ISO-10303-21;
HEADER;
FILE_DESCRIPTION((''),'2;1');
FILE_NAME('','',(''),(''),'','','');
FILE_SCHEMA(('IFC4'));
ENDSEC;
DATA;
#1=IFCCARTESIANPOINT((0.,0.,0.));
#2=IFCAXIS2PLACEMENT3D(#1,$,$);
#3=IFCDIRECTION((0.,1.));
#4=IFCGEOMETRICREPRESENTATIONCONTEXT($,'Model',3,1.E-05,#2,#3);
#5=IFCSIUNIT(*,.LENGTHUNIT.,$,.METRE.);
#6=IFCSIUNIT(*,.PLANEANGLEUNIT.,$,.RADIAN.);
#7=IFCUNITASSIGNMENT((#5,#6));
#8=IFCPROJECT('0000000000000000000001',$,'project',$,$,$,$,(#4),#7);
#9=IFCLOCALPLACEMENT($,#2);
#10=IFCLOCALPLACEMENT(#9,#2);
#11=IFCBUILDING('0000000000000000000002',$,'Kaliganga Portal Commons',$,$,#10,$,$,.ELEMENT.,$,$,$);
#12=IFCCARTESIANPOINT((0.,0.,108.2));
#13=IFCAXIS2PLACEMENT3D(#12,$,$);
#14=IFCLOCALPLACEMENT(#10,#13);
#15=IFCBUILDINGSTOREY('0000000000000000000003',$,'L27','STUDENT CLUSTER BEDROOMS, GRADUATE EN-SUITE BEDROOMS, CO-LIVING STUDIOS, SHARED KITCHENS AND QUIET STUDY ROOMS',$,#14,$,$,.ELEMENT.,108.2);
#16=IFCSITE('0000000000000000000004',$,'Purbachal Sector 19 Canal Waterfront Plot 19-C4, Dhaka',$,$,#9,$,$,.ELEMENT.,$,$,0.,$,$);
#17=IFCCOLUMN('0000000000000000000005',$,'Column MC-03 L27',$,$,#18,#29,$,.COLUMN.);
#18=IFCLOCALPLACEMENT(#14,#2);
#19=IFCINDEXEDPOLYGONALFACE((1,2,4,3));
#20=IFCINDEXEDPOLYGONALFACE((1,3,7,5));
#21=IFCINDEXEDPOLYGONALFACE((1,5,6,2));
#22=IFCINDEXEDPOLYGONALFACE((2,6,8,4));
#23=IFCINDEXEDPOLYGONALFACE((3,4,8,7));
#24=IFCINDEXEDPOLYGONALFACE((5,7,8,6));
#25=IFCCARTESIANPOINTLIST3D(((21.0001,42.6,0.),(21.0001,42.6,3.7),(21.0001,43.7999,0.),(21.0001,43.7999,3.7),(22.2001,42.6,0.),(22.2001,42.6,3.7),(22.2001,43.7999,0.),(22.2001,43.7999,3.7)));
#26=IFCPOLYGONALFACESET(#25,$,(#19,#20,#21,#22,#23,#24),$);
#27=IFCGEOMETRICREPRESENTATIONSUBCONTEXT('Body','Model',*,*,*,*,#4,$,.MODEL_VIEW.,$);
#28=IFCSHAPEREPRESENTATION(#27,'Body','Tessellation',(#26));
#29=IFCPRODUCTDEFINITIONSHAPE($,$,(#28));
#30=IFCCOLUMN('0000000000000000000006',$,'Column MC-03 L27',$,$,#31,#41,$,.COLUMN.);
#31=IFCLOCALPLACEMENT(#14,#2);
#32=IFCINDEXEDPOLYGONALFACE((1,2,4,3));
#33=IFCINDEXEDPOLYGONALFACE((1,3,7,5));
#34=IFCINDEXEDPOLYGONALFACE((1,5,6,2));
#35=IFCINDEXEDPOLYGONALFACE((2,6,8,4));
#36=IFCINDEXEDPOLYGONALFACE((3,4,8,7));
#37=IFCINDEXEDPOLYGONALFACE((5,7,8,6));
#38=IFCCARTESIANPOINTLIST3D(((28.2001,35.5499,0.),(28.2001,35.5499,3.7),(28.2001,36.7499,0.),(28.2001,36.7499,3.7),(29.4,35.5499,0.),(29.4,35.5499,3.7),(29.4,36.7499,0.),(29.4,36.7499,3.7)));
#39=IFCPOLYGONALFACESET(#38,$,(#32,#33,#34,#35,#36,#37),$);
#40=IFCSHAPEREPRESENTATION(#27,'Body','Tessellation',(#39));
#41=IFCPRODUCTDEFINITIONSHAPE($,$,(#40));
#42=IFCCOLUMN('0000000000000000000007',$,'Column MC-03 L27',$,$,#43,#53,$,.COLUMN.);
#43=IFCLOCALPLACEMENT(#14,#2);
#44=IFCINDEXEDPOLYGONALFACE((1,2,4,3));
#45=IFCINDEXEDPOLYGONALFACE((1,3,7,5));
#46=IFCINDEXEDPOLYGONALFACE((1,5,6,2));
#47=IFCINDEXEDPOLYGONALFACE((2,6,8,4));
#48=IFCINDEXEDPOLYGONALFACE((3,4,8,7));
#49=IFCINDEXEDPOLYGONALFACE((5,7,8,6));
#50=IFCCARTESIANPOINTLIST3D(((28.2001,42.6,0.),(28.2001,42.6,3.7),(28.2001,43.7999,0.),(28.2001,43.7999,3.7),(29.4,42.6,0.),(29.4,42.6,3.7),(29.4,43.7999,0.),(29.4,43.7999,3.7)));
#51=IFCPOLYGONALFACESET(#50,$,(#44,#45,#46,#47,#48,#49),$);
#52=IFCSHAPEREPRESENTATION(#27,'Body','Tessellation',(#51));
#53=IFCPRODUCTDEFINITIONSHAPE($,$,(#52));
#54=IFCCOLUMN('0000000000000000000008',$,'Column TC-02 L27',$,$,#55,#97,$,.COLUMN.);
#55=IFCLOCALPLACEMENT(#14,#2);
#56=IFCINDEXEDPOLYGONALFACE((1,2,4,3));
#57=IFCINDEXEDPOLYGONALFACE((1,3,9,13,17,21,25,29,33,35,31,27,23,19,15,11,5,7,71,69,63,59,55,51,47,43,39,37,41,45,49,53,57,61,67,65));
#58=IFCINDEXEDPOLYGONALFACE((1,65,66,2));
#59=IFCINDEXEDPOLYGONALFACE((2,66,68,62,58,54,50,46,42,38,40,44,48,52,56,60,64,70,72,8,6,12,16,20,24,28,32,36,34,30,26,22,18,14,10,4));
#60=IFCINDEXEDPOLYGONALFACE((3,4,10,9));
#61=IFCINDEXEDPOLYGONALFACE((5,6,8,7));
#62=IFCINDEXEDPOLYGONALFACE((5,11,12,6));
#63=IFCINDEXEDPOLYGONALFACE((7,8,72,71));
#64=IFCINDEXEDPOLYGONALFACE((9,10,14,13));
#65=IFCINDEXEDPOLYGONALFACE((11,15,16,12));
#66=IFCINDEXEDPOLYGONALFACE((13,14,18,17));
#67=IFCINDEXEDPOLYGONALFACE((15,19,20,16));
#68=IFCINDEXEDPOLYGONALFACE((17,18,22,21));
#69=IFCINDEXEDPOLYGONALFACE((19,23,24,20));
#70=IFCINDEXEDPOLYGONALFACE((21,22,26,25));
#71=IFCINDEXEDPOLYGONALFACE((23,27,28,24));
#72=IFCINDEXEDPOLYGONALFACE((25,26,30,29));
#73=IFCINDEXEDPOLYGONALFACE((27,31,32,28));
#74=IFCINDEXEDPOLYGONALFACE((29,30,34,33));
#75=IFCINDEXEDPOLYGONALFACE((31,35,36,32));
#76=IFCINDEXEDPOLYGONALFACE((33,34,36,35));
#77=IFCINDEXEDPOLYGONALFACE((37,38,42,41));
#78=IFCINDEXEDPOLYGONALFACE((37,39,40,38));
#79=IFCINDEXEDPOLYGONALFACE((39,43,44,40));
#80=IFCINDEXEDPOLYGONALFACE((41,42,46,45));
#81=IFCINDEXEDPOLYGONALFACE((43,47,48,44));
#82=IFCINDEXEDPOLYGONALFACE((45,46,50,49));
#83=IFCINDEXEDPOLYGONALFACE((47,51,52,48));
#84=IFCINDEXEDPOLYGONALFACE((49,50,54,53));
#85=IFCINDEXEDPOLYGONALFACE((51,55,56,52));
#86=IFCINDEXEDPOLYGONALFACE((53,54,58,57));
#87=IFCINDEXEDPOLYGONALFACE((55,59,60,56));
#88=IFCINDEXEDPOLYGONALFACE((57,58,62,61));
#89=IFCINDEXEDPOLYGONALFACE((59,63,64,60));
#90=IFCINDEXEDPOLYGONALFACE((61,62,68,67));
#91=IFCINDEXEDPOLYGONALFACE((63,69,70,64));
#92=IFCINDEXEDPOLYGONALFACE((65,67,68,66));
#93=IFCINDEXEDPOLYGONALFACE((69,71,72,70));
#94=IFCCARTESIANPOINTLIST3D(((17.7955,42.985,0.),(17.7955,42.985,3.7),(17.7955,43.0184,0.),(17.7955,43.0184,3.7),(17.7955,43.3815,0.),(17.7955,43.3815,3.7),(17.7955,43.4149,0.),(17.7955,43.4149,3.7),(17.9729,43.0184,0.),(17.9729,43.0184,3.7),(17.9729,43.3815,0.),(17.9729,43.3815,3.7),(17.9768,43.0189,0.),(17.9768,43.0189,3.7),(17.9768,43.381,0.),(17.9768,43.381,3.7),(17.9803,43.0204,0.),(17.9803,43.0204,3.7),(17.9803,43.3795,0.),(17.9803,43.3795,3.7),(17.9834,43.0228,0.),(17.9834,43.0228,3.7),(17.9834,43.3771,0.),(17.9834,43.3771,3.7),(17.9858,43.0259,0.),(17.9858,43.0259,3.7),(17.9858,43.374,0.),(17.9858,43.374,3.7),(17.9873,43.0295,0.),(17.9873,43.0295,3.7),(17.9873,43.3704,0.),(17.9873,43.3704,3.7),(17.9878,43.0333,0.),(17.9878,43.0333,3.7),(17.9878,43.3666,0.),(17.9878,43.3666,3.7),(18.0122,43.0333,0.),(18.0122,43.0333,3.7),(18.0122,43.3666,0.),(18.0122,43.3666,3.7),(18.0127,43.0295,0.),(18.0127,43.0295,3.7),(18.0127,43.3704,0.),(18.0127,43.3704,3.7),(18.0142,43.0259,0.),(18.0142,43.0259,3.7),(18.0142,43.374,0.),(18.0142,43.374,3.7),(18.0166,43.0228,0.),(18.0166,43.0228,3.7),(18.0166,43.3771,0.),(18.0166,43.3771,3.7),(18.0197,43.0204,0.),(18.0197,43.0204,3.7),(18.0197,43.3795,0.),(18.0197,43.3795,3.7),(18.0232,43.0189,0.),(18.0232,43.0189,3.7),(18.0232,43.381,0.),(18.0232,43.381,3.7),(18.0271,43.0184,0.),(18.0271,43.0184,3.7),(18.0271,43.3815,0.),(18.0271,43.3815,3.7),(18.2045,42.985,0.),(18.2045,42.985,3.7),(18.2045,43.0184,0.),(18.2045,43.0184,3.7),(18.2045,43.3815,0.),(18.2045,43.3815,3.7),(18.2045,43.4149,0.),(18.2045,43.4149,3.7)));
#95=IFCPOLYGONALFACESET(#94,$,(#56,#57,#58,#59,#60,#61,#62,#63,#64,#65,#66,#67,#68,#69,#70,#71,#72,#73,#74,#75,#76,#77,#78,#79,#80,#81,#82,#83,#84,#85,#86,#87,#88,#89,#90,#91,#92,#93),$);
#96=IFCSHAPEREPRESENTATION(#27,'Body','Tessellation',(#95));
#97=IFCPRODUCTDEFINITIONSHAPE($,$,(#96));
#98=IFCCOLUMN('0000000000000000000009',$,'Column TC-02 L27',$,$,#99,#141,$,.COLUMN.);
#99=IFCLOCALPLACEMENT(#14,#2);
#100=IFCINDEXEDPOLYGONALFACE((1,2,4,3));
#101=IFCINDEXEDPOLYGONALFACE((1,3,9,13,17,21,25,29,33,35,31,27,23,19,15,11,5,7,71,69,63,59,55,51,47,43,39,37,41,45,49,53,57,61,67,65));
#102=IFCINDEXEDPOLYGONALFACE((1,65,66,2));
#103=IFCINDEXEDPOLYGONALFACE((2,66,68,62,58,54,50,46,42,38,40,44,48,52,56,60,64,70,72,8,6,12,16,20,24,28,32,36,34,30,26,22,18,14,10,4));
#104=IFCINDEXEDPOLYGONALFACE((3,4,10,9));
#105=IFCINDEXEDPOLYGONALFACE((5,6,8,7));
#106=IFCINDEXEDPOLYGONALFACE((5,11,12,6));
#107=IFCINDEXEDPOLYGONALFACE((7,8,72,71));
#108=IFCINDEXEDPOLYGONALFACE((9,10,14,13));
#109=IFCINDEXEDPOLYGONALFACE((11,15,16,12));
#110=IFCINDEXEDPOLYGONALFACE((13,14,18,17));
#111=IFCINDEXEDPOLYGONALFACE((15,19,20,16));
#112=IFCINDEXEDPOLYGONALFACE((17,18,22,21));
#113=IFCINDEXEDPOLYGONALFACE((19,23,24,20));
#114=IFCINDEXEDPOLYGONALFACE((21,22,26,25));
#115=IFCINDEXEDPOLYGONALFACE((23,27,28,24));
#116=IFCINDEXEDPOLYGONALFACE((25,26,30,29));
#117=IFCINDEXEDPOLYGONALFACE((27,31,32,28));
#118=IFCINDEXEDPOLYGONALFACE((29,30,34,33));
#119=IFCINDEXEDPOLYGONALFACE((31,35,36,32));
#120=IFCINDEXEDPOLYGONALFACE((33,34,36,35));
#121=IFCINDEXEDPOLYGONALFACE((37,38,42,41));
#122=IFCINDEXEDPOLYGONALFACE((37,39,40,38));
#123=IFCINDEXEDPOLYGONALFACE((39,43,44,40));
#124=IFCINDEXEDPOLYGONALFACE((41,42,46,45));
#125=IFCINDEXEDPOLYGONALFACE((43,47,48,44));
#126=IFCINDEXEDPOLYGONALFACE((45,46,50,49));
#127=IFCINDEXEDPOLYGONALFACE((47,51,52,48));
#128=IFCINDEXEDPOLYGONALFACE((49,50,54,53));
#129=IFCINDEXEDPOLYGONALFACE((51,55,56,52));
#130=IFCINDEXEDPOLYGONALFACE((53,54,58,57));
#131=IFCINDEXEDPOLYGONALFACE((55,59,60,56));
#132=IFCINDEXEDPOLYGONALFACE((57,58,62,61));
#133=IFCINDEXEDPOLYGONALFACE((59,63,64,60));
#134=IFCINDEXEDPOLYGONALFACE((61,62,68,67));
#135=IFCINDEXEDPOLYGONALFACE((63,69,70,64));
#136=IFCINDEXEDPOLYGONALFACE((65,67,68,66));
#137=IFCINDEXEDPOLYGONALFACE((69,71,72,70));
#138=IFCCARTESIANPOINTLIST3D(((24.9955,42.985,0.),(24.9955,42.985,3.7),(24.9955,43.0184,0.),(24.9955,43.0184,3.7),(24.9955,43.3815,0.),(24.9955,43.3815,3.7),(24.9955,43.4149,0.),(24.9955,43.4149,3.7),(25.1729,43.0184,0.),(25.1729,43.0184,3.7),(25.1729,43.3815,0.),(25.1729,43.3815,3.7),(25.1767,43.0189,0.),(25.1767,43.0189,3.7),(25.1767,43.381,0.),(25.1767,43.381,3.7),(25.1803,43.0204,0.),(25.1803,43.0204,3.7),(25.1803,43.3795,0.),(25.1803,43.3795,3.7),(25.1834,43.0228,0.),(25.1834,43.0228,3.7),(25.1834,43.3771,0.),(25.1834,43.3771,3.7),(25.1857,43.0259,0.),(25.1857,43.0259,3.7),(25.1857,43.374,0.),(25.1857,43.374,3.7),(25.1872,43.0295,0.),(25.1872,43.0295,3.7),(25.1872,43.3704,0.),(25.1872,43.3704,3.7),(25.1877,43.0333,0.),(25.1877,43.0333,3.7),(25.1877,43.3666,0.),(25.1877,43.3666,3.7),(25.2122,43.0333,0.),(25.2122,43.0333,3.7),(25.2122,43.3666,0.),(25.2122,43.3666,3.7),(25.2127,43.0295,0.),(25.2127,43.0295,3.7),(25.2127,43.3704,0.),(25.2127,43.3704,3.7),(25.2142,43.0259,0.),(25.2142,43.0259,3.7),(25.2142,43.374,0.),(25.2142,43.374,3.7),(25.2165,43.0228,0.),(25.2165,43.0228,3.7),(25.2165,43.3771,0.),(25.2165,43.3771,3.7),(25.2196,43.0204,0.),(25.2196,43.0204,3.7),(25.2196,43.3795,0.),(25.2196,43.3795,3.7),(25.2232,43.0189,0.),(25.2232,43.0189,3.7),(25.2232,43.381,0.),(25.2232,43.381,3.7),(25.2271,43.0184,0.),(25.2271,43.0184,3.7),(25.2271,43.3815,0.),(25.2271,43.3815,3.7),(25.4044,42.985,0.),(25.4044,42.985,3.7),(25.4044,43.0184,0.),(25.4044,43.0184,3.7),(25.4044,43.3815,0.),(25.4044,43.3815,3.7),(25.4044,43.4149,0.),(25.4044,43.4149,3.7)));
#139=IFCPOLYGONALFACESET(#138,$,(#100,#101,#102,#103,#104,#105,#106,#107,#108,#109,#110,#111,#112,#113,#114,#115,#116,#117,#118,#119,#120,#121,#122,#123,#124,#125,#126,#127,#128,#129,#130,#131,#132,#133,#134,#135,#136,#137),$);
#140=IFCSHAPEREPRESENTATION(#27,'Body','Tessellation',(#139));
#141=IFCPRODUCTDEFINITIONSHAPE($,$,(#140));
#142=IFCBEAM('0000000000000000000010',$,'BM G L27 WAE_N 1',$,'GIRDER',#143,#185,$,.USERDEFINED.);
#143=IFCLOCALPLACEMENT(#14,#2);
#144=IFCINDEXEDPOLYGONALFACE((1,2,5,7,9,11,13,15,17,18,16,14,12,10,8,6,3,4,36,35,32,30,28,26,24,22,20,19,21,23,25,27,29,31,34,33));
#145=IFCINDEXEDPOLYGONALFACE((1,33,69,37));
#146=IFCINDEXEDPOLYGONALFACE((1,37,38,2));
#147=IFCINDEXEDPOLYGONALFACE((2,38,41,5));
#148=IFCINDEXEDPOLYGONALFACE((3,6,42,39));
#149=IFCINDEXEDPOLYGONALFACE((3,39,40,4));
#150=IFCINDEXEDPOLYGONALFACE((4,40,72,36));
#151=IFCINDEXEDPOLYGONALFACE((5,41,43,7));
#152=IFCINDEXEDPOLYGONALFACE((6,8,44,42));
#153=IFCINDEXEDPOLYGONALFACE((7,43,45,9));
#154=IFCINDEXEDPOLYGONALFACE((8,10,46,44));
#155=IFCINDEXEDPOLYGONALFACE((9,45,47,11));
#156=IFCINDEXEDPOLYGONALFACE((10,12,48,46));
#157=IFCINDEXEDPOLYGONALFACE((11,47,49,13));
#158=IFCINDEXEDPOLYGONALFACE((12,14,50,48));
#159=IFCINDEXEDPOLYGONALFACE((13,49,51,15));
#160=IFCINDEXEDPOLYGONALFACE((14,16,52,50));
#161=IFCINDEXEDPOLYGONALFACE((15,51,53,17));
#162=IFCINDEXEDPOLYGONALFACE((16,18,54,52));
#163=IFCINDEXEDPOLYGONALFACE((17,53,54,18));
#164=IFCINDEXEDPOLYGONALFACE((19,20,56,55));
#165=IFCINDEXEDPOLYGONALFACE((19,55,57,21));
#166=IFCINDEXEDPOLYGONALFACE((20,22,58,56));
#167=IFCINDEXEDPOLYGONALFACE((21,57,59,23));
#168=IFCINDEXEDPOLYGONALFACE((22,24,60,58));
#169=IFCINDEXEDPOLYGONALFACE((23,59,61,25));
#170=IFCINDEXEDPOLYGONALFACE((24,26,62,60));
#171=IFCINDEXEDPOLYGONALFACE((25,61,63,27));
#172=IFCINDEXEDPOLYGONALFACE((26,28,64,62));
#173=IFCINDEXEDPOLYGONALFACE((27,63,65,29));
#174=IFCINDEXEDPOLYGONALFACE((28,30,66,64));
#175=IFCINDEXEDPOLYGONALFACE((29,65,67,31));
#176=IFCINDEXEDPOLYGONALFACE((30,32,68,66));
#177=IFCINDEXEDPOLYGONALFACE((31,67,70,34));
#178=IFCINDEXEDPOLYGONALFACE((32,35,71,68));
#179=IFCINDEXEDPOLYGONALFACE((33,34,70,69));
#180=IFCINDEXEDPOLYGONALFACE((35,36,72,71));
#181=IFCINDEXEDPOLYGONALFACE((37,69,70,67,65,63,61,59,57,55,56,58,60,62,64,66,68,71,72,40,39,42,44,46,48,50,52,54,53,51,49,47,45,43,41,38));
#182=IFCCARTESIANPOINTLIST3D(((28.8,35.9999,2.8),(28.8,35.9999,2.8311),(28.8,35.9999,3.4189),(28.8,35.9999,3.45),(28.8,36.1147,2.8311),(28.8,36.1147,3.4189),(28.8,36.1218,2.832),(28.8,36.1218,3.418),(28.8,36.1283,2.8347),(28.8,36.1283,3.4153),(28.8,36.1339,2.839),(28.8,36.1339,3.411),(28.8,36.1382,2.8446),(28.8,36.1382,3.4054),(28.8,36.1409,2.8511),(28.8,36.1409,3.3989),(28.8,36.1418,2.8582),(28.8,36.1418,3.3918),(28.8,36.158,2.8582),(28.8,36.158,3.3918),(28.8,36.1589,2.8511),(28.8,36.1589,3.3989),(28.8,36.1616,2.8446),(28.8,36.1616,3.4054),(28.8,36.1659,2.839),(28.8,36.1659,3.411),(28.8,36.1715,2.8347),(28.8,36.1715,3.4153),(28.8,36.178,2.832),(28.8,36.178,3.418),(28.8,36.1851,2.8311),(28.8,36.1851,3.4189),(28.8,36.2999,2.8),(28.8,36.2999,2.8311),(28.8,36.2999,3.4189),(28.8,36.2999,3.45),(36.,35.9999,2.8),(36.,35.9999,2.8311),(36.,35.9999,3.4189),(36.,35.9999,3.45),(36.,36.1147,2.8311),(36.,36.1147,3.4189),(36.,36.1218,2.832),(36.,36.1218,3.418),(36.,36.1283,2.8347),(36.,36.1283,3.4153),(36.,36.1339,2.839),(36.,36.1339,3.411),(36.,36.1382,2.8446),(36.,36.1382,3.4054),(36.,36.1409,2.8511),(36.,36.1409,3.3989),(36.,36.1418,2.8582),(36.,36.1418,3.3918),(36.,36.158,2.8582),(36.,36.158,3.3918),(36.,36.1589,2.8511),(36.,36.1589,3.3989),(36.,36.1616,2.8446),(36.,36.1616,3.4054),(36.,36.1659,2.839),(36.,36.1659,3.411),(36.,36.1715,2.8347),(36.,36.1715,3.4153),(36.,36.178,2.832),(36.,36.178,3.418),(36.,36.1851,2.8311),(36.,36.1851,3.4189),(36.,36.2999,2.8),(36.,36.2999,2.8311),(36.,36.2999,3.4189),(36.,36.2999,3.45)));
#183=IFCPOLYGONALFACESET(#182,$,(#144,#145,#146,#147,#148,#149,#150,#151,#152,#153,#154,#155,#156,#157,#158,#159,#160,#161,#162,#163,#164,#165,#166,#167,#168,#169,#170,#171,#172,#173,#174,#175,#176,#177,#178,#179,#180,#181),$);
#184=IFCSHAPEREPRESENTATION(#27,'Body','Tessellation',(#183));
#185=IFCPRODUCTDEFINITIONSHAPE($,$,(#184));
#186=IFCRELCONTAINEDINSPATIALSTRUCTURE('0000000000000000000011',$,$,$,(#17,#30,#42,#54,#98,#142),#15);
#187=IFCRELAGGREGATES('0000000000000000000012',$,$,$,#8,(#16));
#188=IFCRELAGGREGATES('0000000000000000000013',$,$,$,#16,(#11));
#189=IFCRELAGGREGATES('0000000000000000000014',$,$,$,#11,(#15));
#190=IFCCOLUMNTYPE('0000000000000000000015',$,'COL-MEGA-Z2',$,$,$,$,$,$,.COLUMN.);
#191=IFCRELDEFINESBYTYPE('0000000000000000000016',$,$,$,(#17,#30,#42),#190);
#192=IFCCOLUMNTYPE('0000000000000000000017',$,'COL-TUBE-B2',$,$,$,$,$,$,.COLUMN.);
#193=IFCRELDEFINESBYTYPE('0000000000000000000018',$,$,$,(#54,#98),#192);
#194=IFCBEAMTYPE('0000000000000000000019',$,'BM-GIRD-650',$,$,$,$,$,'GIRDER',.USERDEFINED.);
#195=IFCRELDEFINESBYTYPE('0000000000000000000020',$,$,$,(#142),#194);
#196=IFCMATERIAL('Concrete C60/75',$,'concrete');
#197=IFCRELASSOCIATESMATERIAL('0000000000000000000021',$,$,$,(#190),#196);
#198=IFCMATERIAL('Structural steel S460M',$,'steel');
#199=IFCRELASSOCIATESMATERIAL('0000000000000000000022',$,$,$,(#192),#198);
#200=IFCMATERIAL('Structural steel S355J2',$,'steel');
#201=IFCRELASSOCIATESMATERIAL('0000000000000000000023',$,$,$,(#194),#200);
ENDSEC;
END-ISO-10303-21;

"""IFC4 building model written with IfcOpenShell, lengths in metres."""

from ifc_helpers import new_model, si_unit, direction, frame, origin, origin_2d, place, context, subcontext, project, spatial, rectangle, i_section, extrude, source, transform, mapped, material, material_profile, profile_set, type_object, element, save


model = new_model("IFC4")

# Units and contexts
model_context = context("Model", 3, precision=1e-05, world=origin(), true_north=direction((0.0, 1.0)))
body_context = subcontext(model_context, "Body", "Model", "MODEL_VIEW")
ifc_project = project(units=[si_unit("LENGTHUNIT", "METRE"), si_unit("PLANEANGLEUNIT", "RADIAN")], contexts=[model_context])

# Site, building, storey
site_placement = place(None, origin())
site = spatial("IfcSite", under=ifc_project, at=site_placement, Name="Purbachal Sector 19 Canal Waterfront Plot 19-C4, Dhaka", CompositionType="ELEMENT", RefElevation=0.0)
building_placement = place(site_placement, origin())
building = spatial("IfcBuilding", under=site, at=building_placement, Name="Kaliganga Portal Commons", CompositionType="ELEMENT")
storey_placement = place(building_placement, frame((0.0, 0.0, 108.2)))
storey = spatial("IfcBuildingStorey", under=building, at=storey_placement, Name="L27", Description="STUDENT CLUSTER BEDROOMS, GRADUATE EN-SUITE BEDROOMS, CO-LIVING STUDIOS, SHARED KITCHENS AND QUIET STUDY ROOMS", CompositionType="ELEMENT", Elevation=108.2)

# Columns
ifc_material_1 = material(Name="Concrete C60/75", Category="concrete")
ifc_material_profile_1 = material_profile(ifc_material_1, rectangle(XDim=1.2, YDim=1.2, at=origin_2d()), Name="RC 1200x1200")
ifc_profile_set_1 = profile_set([ifc_material_profile_1], Name="Concrete C60/75")
column_type_1 = type_object("IfcColumnType", Name="COL-MEGA-Z2", PredefinedType="COLUMN", material=ifc_profile_set_1)
shared_shape_1 = source(origin(), body_context, "Body", "SweptSolid", [
    extrude(rectangle(XDim=1.2, YDim=1.2, at=origin_2d()), origin(), (0.0, 0.0, 1.0), 3.7),
])
for number, where, z_axis, x_axis, name in (
    (1, (21.6001, 43.2, 0.0), (0.0, 0.0, 1.0), (1.0, 0.0, 0.0), "Column MC-03 L27"),
    (2, (28.8, 36.1499, 0.0), (0.0, 0.0, 1.0), (1.0, 0.0, 0.0), "Column MC-03 L27"),
    (3, (28.8, 43.2, 0.0), (0.0, 0.0, 1.0), (1.0, 0.0, 0.0), "Column MC-03 L27"),
):
    element("IfcColumn", number, at=place(storey_placement, frame(where, z_axis=z_axis, x_axis=x_axis)), inside=storey, type_object=column_type_1, Name=name, PredefinedType="COLUMN", context=body_context, shape_type="MappedRepresentation", body=[
        mapped(shared_shape_1, transform((0.0, 0.0, 0.0), x_axis=(1.0, 0.0, 0.0), y_axis=(0.0, 1.0, 0.0), z_axis=(0.0, 0.0, 1.0), scale=1.0)),
    ])
ifc_material_2 = material(Name="Structural steel S460M", Category="steel")
ifc_material_profile_2 = material_profile(ifc_material_2, i_section(OverallWidth=0.4089, OverallDepth=0.4299, WebThickness=0.0244, FlangeThickness=0.0334, FilletRadius=0.0149, at=origin_2d()), Name="HD 400x421")
ifc_profile_set_2 = profile_set([ifc_material_profile_2], Name="Structural steel S460M wide-flange")
column_type_2 = type_object("IfcColumnType", Name="COL-TUBE-B2", PredefinedType="COLUMN", material=ifc_profile_set_2)
shared_shape_2 = source(origin(), body_context, "Body", "SweptSolid", [
    extrude(i_section(OverallWidth=0.4089, OverallDepth=0.4299, WebThickness=0.0244, FlangeThickness=0.0334, FilletRadius=0.0149, at=origin_2d()), origin(), (0.0, 0.0, 1.0), 3.7),
])
for number, where, z_axis, x_axis, name in (
    (4, (18.0, 43.2, 0.0), (0.0, 0.0, 1.0), (1.0, 0.0, 0.0), "Column TC-02 L27"),
    (5, (25.2, 43.2, 0.0), (0.0, 0.0, 1.0), (1.0, 0.0, 0.0), "Column TC-02 L27"),
):
    element("IfcColumn", number, at=place(storey_placement, frame(where, z_axis=z_axis, x_axis=x_axis)), inside=storey, type_object=column_type_2, Name=name, PredefinedType="COLUMN", context=body_context, shape_type="MappedRepresentation", body=[
        mapped(shared_shape_2, transform((0.0, 0.0, 0.0), x_axis=(1.0, 0.0, 0.0), y_axis=(0.0, 1.0, 0.0), z_axis=(0.0, 0.0, 1.0), scale=1.0)),
    ])

# Beam
ifc_material_3 = material(Name="Structural steel S355J2", Category="steel")
ifc_material_profile_3 = material_profile(ifc_material_3, i_section(OverallWidth=0.3, OverallDepth=0.6499, WebThickness=0.0161, FlangeThickness=0.031, FilletRadius=0.0271, at=origin_2d()), Name="HE 650 B")
ifc_profile_set_3 = profile_set([ifc_material_profile_3], Name="Structural steel S355J2 wide-flange")
beam_type_1 = type_object("IfcBeamType", Name="BM-GIRD-650", ElementType="GIRDER", PredefinedType="USERDEFINED", material=ifc_profile_set_3)
shared_shape_3 = source(origin(), body_context, "Body", "SweptSolid", [
    extrude(i_section(OverallWidth=0.3, OverallDepth=0.6499, WebThickness=0.0161, FlangeThickness=0.031, FilletRadius=0.0271, at=origin_2d()), origin(), (0.0, 0.0, 1.0), 7.2),
])
beam_1_placement = place(storey_placement, frame((28.8, 36.1499, 3.125), z_axis=(1.0, 0.0, 0.0), x_axis=(0.0, 1.0, 0.0)))
element("IfcBeam", 6, at=beam_1_placement, inside=storey, type_object=beam_type_1, Name="BM G L27 WAE_N 1", ObjectType="GIRDER", PredefinedType="USERDEFINED", context=body_context, shape_type="MappedRepresentation", body=[
    mapped(shared_shape_3, transform((0.0, 0.0, 0.0), x_axis=(1.0, 0.0, 0.0), y_axis=(0.0, 1.0, 0.0), z_axis=(0.0, 0.0, 1.0), scale=1.0)),
])

save(model, "model.ifc")
